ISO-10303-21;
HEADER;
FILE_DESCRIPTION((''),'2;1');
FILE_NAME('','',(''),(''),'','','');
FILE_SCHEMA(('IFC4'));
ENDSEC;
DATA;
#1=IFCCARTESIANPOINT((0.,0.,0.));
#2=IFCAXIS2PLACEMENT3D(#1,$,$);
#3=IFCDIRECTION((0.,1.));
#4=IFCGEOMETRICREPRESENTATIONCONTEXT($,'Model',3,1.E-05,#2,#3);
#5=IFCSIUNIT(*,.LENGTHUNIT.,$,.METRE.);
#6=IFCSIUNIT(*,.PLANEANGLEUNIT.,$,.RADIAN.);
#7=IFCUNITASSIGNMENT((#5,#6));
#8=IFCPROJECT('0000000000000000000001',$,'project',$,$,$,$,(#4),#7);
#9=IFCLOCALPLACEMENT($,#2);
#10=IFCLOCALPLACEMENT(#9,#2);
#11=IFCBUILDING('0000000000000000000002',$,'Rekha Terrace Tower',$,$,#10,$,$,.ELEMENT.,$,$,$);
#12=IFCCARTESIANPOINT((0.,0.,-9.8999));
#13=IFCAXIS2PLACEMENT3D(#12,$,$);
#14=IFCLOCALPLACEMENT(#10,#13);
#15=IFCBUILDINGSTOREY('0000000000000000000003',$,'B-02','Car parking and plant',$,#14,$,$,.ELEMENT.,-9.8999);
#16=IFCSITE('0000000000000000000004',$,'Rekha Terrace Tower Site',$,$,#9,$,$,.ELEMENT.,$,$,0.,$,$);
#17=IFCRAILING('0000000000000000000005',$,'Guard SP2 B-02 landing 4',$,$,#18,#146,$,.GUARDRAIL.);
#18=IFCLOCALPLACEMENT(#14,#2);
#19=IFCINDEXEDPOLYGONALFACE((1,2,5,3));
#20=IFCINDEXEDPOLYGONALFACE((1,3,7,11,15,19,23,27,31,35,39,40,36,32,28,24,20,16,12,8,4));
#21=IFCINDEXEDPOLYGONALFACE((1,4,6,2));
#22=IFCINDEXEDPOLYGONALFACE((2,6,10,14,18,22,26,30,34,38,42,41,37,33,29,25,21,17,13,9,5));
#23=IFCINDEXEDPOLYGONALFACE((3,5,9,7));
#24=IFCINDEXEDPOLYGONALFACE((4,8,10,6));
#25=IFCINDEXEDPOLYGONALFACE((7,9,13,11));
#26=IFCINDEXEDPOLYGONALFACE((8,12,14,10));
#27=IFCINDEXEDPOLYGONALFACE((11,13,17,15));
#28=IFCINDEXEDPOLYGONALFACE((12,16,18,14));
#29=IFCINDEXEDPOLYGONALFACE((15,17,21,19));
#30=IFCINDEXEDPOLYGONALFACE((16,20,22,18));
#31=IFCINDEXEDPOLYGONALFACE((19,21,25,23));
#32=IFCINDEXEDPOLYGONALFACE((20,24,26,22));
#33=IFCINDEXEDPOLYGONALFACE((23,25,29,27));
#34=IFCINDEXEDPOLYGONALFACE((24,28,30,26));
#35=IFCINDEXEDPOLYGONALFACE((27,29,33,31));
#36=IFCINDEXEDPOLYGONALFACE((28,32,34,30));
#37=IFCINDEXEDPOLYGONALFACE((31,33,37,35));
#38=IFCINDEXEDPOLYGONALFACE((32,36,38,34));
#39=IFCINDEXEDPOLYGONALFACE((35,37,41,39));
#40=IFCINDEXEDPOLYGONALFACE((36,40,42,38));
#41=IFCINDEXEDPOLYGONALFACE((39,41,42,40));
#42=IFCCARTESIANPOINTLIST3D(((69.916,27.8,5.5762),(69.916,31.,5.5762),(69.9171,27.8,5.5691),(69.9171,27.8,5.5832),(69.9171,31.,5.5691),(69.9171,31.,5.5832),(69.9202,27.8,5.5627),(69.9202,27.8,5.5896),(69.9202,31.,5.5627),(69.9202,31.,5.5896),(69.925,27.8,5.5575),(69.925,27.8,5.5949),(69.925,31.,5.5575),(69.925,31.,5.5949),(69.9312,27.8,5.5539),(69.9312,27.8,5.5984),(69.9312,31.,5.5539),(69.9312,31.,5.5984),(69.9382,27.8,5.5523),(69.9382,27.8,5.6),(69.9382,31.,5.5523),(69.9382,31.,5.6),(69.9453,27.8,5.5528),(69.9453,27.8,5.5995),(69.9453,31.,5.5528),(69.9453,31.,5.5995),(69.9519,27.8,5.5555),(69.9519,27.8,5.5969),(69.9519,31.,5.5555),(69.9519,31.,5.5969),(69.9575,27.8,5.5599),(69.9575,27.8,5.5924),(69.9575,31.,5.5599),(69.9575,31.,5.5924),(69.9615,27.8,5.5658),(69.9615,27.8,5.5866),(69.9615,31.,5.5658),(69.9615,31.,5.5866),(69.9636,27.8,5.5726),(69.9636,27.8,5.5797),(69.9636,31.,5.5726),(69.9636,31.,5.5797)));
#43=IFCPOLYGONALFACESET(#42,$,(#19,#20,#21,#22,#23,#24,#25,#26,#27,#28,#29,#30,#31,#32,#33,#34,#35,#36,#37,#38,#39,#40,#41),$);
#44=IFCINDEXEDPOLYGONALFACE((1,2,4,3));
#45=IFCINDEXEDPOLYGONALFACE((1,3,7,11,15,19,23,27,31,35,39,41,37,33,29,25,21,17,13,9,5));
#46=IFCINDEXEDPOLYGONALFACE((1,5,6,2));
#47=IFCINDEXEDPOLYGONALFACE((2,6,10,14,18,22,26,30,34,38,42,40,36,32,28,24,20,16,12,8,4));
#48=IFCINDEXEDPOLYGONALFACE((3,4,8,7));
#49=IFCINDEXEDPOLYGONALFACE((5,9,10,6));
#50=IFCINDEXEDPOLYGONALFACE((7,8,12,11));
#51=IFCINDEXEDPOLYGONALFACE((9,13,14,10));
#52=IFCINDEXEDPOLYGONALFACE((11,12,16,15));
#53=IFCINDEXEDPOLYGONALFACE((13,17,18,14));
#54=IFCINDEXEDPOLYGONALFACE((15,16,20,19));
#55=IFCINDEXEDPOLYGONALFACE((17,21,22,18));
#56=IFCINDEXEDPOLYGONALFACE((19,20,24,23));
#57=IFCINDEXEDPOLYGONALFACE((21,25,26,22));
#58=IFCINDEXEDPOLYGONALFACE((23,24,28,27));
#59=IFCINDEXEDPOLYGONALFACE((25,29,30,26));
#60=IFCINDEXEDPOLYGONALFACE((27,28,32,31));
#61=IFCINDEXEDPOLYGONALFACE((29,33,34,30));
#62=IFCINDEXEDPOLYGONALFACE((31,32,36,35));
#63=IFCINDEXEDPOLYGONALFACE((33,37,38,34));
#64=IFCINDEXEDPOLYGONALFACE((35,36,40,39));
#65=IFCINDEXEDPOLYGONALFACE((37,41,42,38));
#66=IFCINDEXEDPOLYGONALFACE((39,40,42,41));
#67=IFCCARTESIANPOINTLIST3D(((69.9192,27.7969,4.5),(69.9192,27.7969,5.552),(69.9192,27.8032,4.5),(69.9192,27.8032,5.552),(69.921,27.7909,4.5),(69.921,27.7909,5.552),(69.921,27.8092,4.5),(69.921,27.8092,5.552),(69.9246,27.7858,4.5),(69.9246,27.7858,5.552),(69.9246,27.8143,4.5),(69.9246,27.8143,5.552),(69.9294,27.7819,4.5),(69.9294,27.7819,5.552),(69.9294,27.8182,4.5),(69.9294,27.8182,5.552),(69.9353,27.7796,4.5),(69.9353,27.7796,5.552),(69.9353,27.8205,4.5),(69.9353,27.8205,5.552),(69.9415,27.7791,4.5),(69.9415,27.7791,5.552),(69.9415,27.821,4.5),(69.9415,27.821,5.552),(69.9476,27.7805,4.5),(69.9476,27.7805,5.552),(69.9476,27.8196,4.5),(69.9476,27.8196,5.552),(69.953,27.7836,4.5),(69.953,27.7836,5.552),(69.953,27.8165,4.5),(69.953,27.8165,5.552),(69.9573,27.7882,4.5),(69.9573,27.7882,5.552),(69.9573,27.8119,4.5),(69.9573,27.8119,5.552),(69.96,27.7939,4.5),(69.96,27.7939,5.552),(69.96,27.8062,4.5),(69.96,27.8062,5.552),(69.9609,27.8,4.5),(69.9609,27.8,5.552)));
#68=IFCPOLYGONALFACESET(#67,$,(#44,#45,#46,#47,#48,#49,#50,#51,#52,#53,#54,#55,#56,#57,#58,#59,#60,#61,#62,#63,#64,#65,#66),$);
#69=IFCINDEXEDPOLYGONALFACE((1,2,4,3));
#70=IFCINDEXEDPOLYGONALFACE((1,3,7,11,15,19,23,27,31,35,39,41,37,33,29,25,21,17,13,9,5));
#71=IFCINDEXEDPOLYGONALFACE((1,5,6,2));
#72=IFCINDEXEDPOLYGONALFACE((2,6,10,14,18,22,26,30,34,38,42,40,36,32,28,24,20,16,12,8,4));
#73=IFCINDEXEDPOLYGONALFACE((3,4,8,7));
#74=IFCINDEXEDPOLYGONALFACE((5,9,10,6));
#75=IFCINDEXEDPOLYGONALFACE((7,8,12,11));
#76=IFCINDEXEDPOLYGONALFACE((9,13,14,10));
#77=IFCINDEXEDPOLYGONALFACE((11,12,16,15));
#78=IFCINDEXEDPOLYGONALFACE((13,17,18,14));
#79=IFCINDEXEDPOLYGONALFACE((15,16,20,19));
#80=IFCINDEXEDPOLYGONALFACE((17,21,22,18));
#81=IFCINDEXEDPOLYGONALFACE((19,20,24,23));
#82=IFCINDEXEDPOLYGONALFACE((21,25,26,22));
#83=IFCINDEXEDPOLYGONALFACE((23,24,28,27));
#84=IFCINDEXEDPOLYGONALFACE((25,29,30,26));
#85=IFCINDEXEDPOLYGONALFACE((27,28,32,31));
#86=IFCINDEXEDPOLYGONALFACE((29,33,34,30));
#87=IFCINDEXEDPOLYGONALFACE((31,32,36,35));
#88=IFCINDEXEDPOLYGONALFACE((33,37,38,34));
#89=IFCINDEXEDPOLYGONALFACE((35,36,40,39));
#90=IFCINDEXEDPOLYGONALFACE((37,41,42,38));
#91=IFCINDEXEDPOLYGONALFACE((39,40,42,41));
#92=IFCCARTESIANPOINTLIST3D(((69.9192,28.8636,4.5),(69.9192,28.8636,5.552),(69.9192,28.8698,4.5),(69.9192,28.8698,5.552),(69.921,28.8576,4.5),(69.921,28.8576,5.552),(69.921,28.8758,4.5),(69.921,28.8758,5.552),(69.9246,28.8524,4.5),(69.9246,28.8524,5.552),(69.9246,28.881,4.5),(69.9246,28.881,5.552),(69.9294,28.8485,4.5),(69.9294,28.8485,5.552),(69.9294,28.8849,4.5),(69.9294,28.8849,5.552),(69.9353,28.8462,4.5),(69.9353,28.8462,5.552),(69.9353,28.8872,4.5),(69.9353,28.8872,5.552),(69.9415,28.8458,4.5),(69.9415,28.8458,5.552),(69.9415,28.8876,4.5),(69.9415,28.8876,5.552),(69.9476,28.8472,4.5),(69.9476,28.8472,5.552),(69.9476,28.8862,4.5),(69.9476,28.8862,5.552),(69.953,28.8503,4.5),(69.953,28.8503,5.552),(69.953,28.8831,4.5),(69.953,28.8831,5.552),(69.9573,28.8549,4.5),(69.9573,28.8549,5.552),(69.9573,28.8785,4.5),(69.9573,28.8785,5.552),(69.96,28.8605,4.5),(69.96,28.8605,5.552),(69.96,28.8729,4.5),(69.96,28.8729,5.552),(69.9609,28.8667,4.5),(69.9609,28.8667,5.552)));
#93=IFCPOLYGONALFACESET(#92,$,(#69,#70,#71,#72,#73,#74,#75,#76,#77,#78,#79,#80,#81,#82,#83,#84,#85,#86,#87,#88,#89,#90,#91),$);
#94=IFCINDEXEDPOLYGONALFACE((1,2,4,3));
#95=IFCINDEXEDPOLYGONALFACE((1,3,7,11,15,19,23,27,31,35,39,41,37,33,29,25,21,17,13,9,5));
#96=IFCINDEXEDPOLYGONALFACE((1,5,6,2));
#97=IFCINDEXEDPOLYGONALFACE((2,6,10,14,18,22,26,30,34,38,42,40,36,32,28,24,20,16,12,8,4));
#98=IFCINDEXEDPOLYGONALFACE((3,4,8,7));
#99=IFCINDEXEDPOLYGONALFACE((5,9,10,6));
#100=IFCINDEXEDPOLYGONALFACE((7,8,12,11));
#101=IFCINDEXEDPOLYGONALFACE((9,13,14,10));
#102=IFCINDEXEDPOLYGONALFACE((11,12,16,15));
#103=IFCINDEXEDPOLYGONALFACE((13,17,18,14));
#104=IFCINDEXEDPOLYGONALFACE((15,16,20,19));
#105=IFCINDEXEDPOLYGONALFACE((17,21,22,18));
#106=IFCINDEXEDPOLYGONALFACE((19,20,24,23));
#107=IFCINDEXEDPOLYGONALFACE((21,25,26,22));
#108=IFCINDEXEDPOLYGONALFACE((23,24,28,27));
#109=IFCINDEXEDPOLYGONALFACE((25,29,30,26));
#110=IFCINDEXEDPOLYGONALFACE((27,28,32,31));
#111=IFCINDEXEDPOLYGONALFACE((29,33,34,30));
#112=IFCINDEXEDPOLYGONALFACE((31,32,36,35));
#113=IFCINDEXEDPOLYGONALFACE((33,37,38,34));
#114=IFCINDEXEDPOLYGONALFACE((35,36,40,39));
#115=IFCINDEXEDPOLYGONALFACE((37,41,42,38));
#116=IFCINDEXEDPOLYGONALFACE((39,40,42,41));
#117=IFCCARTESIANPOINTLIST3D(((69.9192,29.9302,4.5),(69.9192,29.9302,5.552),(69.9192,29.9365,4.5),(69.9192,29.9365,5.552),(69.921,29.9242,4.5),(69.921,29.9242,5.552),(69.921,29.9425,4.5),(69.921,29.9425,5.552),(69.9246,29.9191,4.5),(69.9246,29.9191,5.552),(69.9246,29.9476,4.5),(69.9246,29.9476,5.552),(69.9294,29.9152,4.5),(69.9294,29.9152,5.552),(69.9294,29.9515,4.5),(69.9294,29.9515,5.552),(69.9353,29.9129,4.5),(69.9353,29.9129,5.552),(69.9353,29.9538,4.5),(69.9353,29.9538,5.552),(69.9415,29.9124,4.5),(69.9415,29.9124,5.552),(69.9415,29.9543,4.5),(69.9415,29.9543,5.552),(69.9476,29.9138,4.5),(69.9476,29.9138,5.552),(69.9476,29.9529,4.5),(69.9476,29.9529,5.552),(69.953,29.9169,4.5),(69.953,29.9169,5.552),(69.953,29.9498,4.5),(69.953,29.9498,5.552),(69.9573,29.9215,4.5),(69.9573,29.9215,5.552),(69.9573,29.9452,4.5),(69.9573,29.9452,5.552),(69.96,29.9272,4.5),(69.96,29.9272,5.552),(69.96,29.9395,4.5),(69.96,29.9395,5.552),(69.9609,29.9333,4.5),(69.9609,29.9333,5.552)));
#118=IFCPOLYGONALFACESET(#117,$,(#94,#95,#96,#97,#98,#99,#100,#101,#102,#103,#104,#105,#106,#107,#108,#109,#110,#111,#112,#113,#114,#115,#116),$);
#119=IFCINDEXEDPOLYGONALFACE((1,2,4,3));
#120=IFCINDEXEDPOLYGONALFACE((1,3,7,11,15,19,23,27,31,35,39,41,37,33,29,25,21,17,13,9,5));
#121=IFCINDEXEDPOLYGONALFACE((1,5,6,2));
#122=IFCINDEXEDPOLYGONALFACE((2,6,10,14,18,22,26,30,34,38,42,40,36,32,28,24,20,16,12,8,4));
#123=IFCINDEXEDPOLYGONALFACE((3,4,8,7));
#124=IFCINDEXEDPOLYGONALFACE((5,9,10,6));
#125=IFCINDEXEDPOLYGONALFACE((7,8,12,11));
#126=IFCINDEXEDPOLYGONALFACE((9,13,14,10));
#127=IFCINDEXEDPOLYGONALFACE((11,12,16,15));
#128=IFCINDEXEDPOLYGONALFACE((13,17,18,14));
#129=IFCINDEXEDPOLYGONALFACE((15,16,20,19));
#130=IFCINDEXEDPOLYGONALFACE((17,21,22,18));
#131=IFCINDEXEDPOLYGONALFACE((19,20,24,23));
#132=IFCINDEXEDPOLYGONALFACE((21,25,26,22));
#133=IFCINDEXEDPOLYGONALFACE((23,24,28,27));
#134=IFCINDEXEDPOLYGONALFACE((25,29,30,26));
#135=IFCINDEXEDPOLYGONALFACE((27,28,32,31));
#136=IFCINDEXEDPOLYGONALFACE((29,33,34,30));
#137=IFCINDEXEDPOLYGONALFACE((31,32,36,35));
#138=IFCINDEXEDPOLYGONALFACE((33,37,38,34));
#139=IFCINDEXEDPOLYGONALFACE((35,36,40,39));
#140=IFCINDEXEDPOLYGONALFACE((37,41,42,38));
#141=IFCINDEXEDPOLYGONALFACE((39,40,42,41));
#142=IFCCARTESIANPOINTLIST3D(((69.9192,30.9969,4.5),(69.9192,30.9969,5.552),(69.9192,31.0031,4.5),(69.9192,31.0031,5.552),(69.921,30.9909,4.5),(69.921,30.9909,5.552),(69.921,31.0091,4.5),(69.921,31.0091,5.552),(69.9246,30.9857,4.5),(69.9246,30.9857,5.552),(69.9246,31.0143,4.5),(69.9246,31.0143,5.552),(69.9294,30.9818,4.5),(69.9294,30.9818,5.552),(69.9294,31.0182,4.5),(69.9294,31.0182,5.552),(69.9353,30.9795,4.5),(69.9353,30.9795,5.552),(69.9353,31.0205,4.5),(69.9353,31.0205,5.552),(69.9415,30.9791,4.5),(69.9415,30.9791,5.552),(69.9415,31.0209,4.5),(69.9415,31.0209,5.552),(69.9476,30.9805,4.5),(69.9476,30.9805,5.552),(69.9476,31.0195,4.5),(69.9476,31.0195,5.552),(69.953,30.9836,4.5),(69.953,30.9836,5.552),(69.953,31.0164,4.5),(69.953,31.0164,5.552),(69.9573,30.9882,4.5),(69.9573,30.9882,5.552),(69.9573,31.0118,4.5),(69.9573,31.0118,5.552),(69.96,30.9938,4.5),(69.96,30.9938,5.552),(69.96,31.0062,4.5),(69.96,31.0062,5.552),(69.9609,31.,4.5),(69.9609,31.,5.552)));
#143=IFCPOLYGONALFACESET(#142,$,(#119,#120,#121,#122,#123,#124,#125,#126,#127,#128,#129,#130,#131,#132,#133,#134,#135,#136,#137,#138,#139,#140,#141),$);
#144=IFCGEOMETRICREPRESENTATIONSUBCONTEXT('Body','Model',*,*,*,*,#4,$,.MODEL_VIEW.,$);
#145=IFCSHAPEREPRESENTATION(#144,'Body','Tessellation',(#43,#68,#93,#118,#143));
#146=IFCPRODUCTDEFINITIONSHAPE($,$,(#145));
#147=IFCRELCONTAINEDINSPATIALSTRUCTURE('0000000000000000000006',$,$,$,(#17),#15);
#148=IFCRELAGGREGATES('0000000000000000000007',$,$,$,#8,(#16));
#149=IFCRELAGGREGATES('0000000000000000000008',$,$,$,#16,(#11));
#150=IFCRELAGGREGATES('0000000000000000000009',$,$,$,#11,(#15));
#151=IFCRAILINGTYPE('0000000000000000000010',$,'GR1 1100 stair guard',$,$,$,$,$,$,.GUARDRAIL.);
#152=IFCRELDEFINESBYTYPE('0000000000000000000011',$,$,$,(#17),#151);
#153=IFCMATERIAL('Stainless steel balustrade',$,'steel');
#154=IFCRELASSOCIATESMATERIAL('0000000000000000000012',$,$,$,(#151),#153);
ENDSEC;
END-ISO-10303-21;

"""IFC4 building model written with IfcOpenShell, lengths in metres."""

from ifc_helpers import new_model, si_unit, direction, frame, origin, origin_2d, place, context, subcontext, project, spatial, circle, extrude, material, type_object, element, save


model = new_model("IFC4")

# Units and contexts
model_context = context("Model", 3, precision=1e-05, world=origin(), true_north=direction((0.0, 1.0)))
body_context = subcontext(model_context, "Body", "Model", "MODEL_VIEW")
ifc_project = project(units=[si_unit("LENGTHUNIT", "METRE"), si_unit("PLANEANGLEUNIT", "RADIAN")], contexts=[model_context])

# Site, building, storey
site_placement = place(None, origin())
site = spatial("IfcSite", under=ifc_project, at=site_placement, Name="Rekha Terrace Tower Site", CompositionType="ELEMENT", RefElevation=0.0)
building_placement = place(site_placement, origin())
building = spatial("IfcBuilding", under=site, at=building_placement, Name="Rekha Terrace Tower", CompositionType="ELEMENT")
storey_placement = place(building_placement, frame((0.0, 0.0, -9.8999)))
storey = spatial("IfcBuildingStorey", under=building, at=storey_placement, Name="B-02", Description="Car parking and plant", CompositionType="ELEMENT", Elevation=-9.8999)

# Railing
ifc_material_1 = material(Name="Stainless steel balustrade", Category="steel")
railing_type_1 = type_object("IfcRailingType", Name="GR1 1100 stair guard", PredefinedType="GUARDRAIL", material=ifc_material_1)
railing_1_placement = place(storey_placement, frame((69.9399, 27.8, 4.5)))
element("IfcRailing", 1, at=railing_1_placement, inside=storey, type_object=railing_type_1, Name="Guard SP2 B-02 landing 4", PredefinedType="GUARDRAIL", context=body_context, shape_type="SweptSolid", body=[
    extrude(circle(Radius=0.0239, at=origin_2d()), frame((0.0, 0.0, 1.0762), z_axis=(0.0, 1.0, 0.0), x_axis=(-1.0, 0.0, 0.0)), (0.0, 0.0, 1.0), 3.2),
    extrude(circle(Radius=0.021, at=origin_2d()), origin(), (0.0, 0.0, 1.0), 1.052),
    extrude(circle(Radius=0.021, at=origin_2d()), frame((0.0, 1.0667, 0.0)), (0.0, 0.0, 1.0), 1.052),
    extrude(circle(Radius=0.021, at=origin_2d()), frame((0.0, 2.1333, 0.0)), (0.0, 0.0, 1.0), 1.052),
    extrude(circle(Radius=0.021, at=origin_2d()), frame((0.0, 3.2, 0.0)), (0.0, 0.0, 1.0), 1.052),
])

save(model, "model.ifc")
